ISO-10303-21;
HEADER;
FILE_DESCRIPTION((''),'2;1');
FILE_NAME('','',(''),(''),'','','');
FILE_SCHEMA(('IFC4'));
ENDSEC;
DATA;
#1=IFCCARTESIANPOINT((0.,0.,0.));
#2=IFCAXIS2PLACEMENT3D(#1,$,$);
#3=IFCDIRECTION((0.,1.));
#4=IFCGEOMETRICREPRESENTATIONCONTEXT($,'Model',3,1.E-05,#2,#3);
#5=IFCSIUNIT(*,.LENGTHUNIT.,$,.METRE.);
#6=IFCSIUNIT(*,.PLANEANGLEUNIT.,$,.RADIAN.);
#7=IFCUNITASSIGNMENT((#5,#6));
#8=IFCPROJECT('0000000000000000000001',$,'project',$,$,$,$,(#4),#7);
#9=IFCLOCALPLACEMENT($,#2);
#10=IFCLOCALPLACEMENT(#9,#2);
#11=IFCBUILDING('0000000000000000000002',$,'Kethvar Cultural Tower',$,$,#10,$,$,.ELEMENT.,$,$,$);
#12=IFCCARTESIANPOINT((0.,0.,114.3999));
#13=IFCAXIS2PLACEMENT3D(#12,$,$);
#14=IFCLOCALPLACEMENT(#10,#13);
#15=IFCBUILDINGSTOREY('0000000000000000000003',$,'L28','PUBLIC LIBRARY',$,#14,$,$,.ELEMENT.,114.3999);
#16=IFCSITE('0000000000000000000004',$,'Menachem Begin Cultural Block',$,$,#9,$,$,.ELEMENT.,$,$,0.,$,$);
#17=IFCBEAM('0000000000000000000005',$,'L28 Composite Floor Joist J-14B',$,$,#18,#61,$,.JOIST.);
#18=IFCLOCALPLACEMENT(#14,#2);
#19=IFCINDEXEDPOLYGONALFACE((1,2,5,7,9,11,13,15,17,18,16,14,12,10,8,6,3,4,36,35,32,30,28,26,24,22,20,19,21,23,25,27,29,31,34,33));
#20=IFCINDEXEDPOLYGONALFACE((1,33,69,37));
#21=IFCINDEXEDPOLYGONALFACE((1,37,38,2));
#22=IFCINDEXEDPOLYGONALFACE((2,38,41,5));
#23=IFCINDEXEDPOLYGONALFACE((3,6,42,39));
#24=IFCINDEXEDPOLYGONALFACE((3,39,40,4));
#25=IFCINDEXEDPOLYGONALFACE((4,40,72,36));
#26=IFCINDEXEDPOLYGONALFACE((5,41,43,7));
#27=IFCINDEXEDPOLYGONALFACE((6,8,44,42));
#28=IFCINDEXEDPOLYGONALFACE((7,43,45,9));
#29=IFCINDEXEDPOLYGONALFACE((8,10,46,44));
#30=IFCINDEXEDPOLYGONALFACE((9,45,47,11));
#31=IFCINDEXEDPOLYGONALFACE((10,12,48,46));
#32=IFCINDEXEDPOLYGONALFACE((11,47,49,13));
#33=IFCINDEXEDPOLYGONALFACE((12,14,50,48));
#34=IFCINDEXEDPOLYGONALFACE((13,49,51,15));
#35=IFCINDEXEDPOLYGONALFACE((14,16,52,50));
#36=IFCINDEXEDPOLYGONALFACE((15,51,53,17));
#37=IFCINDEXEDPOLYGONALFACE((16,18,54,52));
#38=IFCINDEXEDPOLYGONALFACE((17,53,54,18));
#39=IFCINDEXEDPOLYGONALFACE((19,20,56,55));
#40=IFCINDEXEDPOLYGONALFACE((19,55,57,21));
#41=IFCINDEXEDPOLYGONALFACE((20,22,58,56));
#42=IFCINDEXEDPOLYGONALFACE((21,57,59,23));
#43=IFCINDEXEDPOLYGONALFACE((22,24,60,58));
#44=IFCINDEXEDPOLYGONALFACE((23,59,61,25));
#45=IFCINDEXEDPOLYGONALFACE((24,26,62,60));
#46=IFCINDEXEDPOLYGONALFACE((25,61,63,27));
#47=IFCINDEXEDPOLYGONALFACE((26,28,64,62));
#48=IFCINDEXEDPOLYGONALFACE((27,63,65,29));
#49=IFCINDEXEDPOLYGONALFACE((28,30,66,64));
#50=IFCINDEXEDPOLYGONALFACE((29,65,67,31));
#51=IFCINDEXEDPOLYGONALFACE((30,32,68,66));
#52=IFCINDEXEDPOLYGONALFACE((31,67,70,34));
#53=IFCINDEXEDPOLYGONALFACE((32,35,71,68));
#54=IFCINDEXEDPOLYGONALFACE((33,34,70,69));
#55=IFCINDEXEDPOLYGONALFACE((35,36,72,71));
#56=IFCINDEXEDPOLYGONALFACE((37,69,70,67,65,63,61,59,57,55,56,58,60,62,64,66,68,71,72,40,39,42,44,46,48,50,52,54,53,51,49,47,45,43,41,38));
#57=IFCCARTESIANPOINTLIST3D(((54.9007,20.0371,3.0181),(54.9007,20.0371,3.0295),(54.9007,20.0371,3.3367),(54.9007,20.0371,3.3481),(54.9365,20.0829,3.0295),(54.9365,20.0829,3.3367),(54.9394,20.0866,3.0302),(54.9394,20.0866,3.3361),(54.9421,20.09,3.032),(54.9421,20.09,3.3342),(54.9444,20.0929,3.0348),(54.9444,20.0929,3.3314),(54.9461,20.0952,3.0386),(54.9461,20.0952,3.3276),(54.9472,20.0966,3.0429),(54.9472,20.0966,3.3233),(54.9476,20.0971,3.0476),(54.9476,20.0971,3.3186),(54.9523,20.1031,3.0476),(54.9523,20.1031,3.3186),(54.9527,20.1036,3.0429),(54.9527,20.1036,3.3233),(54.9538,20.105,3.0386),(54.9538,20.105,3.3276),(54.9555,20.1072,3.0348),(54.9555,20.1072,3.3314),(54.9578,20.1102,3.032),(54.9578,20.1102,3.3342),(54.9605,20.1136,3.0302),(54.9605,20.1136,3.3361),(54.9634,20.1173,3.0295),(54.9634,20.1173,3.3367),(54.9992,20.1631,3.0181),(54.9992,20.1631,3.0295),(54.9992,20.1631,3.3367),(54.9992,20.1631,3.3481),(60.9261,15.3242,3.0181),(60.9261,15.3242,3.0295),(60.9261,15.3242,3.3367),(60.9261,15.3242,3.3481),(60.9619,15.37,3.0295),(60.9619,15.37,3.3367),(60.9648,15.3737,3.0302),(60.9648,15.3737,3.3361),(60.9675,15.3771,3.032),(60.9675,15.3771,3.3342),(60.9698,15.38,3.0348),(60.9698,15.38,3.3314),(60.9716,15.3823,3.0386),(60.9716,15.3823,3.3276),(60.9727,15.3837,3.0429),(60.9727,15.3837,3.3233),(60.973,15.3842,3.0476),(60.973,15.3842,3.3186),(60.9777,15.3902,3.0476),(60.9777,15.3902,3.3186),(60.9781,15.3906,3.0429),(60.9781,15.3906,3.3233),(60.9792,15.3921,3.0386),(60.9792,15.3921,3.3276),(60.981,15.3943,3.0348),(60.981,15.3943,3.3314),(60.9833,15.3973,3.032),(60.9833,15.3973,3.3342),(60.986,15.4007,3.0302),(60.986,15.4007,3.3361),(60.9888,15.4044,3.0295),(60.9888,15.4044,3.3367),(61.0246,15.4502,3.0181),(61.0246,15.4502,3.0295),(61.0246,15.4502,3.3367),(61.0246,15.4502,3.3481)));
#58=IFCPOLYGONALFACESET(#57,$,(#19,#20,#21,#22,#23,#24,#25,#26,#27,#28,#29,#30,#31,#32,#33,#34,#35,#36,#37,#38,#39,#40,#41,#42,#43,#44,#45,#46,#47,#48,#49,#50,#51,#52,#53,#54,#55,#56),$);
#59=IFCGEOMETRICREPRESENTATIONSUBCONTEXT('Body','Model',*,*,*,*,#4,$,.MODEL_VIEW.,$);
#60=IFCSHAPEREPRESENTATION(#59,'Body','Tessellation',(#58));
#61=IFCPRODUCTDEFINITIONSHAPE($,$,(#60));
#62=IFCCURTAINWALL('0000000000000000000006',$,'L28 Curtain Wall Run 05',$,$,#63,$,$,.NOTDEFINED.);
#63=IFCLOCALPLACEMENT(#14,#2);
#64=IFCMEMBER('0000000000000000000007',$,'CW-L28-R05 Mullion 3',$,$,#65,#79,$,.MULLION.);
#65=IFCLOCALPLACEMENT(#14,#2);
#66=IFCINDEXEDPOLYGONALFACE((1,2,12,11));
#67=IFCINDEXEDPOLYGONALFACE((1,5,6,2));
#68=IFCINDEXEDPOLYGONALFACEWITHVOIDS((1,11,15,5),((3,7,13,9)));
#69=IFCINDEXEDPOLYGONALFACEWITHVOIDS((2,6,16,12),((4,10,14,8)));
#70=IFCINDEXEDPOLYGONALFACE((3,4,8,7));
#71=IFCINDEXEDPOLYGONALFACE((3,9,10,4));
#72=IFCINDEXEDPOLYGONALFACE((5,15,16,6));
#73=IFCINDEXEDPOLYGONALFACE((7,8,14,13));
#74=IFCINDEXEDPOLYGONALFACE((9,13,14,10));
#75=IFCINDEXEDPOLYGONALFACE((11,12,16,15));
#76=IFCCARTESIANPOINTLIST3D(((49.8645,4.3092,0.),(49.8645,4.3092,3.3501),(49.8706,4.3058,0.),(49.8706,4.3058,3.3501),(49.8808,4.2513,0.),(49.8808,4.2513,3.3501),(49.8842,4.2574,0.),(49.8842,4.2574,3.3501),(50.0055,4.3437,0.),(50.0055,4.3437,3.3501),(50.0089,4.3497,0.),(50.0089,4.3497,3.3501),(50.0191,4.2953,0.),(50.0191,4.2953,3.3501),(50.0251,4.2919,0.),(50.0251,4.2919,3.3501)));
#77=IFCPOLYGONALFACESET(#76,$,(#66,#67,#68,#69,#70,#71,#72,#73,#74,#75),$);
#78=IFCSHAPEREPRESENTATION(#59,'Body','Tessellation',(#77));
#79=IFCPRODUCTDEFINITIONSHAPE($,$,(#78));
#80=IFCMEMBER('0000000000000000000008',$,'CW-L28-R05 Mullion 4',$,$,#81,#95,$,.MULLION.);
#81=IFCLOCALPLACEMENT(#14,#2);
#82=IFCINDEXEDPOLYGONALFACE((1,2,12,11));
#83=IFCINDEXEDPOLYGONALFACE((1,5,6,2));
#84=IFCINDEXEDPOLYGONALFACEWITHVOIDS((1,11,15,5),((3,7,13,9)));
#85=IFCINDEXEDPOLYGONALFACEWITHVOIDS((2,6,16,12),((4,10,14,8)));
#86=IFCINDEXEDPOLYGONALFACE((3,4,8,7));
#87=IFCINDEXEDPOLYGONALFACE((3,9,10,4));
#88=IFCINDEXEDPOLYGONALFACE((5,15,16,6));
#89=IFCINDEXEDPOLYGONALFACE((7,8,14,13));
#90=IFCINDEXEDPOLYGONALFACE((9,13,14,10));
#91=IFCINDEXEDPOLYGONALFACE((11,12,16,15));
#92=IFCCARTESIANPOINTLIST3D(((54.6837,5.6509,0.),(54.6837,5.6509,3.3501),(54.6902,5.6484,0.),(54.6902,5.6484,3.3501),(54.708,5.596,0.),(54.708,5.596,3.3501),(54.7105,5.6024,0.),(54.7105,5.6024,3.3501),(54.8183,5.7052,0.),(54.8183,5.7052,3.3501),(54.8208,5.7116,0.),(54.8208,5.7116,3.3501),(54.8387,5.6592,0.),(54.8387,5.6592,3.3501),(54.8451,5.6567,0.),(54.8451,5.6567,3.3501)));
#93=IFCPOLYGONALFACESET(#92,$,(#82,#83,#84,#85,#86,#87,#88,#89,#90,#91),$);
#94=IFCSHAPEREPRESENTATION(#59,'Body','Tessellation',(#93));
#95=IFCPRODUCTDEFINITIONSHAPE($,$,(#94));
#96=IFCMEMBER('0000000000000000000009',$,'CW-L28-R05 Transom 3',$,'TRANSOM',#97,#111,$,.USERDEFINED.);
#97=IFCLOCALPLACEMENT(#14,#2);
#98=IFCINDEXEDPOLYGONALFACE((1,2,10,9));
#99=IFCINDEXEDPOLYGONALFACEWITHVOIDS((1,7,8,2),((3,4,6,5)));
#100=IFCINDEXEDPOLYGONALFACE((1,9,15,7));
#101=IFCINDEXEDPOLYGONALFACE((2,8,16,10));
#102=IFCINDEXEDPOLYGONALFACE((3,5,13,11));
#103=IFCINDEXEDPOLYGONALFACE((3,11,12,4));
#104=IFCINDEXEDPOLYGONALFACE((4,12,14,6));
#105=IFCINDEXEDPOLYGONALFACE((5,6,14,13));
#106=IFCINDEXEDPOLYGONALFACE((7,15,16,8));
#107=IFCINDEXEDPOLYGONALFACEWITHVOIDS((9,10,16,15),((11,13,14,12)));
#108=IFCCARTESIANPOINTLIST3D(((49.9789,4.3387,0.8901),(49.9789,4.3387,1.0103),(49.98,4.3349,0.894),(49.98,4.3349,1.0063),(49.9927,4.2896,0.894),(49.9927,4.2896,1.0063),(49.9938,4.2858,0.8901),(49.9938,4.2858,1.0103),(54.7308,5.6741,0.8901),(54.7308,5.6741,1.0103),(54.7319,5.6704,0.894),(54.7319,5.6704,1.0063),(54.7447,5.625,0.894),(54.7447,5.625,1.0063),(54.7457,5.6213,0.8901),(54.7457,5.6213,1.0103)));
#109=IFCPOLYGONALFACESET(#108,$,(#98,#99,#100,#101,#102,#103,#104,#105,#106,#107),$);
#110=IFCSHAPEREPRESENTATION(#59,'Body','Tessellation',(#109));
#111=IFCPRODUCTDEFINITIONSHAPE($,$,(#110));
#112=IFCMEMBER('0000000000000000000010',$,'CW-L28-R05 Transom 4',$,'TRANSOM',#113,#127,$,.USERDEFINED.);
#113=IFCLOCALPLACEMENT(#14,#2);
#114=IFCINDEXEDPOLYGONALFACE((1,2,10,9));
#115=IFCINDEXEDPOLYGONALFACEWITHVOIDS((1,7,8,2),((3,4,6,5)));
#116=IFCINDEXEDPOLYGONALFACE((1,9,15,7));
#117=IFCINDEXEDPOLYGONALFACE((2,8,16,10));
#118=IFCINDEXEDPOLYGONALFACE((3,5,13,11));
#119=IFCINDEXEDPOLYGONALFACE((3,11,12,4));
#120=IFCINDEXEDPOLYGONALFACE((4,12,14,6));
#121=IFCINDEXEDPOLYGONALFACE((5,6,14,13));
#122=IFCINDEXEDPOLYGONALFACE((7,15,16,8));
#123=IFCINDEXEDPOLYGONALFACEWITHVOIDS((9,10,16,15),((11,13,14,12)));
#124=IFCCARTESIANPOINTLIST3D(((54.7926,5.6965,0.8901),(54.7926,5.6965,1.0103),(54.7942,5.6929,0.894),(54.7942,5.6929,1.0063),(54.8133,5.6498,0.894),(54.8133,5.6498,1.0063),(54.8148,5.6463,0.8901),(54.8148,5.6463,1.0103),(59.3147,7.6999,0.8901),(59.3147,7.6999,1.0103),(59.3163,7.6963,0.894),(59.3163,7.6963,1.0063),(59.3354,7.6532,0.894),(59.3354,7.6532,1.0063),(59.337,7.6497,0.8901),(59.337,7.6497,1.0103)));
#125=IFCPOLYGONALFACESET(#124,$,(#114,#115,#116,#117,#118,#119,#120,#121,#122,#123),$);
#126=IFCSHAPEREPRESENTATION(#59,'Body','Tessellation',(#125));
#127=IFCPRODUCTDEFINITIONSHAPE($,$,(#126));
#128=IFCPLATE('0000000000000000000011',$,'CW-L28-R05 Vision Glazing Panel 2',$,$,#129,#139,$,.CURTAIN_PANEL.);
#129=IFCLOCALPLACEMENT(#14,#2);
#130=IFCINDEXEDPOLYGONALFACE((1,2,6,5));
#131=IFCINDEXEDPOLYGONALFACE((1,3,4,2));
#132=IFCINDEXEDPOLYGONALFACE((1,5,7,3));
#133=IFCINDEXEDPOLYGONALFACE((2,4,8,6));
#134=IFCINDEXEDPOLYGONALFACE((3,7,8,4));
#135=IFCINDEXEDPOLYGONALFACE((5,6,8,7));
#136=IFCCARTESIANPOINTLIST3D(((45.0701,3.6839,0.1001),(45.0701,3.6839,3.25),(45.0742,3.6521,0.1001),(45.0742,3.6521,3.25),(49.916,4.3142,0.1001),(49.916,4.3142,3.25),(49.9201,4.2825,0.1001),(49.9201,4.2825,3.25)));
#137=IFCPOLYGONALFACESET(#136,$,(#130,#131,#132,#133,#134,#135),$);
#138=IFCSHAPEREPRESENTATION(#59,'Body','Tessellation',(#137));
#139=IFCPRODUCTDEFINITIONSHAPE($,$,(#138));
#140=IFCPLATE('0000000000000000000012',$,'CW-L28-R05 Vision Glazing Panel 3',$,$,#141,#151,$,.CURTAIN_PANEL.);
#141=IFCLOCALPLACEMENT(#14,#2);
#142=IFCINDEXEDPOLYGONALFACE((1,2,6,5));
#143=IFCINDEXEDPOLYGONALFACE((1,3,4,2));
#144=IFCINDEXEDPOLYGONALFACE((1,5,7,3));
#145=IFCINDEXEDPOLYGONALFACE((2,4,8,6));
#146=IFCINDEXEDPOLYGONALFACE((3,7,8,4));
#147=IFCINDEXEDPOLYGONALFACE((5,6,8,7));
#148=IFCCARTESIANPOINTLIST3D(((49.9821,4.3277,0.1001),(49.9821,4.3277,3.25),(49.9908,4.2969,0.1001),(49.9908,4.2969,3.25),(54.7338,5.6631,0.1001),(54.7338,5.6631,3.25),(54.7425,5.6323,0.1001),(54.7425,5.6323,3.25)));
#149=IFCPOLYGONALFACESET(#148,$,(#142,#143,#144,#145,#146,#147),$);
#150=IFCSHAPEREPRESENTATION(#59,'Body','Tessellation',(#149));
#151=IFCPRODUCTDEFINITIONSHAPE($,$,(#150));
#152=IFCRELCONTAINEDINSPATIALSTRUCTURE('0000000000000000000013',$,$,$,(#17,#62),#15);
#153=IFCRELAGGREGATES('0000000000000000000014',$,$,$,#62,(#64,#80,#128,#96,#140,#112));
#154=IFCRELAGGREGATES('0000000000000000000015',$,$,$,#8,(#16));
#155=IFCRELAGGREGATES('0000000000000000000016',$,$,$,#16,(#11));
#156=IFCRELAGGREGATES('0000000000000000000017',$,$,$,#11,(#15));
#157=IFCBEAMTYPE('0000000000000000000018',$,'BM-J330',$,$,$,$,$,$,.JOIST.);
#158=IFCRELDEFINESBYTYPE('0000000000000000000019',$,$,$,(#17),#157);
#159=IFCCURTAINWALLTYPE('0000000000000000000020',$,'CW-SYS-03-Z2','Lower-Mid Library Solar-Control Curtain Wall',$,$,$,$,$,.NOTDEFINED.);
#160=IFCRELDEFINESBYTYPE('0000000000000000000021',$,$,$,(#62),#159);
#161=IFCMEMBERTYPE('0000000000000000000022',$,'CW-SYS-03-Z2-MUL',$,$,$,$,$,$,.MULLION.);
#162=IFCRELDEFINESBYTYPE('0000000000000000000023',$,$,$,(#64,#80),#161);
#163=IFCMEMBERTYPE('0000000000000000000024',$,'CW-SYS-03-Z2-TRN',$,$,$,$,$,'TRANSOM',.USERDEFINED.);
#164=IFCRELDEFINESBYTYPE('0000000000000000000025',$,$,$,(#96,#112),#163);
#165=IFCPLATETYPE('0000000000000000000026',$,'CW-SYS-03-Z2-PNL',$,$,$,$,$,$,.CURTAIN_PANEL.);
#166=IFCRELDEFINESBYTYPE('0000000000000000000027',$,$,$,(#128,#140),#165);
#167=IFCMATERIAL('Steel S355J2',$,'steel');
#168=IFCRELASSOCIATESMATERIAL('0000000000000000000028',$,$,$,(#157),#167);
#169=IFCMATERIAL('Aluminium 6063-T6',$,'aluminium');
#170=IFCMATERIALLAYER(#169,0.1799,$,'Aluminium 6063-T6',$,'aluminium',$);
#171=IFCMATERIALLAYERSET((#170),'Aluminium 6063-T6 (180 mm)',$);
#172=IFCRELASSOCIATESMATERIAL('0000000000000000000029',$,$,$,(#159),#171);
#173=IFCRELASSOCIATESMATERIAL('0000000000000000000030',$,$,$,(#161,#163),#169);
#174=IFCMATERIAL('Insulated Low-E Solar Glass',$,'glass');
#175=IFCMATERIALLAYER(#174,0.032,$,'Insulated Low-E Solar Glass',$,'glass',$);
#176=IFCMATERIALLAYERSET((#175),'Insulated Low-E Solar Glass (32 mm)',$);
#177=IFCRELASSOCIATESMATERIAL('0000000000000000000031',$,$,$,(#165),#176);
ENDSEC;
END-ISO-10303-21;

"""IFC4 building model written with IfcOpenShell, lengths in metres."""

from ifc_helpers import new_model, si_unit, direction, frame, origin, origin_2d, place, context, subcontext, project, spatial, rectangle, hollow_rectangle, i_section, extrude, source, transform, mapped, material, layer, layer_set, material_profile, profile_set, type_object, element, aggregate, save


model = new_model("IFC4")

# Units and contexts
model_context = context("Model", 3, precision=1e-05, world=origin(), true_north=direction((0.0, 1.0)))
body_context = subcontext(model_context, "Body", "Model", "MODEL_VIEW")
ifc_project = project(units=[si_unit("LENGTHUNIT", "METRE"), si_unit("PLANEANGLEUNIT", "RADIAN")], contexts=[model_context])

# Site, building, storey
site_placement = place(None, origin())
site = spatial("IfcSite", under=ifc_project, at=site_placement, Name="Menachem Begin Cultural Block", CompositionType="ELEMENT", RefElevation=0.0)
building_placement = place(site_placement, origin())
building = spatial("IfcBuilding", under=site, at=building_placement, Name="Kethvar Cultural Tower", CompositionType="ELEMENT")
storey_placement = place(building_placement, frame((0.0, 0.0, 114.3999)))
storey = spatial("IfcBuildingStorey", under=building, at=storey_placement, Name="L28", Description="PUBLIC LIBRARY", CompositionType="ELEMENT", Elevation=114.3999)

# Beam
ifc_material_1 = material(Name="Steel S355J2", Category="steel")
ifc_material_profile_1 = material_profile(ifc_material_1, i_section(OverallWidth=0.1599, OverallDepth=0.3301, WebThickness=0.0076, FlangeThickness=0.0115, FilletRadius=0.0181, at=origin_2d()), Name="Steel S355J2 — IPE330")
ifc_profile_set_1 = profile_set([ifc_material_profile_1], Name="Steel S355J2 — IPE330")
beam_type_1 = type_object("IfcBeamType", Name="BM-J330", PredefinedType="JOIST", material=ifc_profile_set_1)
shared_shape_1 = source(origin(), body_context, "Body", "SweptSolid", [
    extrude(i_section(OverallWidth=0.1599, OverallDepth=0.3301, WebThickness=0.0076, FlangeThickness=0.0115, FilletRadius=0.0181, at=origin_2d()), origin(), (0.0, 0.0, 1.0), 7.6497),
])
beam_1_placement = place(storey_placement, frame((54.95, 20.1001, 3.1831), z_axis=(0.787672, -0.616095, 0.0), x_axis=(0.616095, 0.787672, 0.0)))
element("IfcBeam", 1, at=beam_1_placement, inside=storey, type_object=beam_type_1, Name="L28 Composite Floor Joist J-14B", PredefinedType="JOIST", context=body_context, shape_type="MappedRepresentation", body=[
    mapped(shared_shape_1, transform((0.0, 0.0, 0.0), scale=1.0)),
])

# Curtain wall, members, plates
ifc_material_2 = material(Name="Aluminium 6063-T6", Category="aluminium")
ifc_layer_1 = layer(ifc_material_2, 0.1799, Name="Aluminium 6063-T6", Category="aluminium")
ifc_layer_set_1 = layer_set([ifc_layer_1], Name="Aluminium 6063-T6 (180 mm)")
curtain_wall_type = type_object("IfcCurtainWallType", Name="CW-SYS-03-Z2", Description="Lower-Mid Library Solar-Control Curtain Wall", PredefinedType="NOTDEFINED", material=ifc_layer_set_1)
curtain_wall_placement = place(storey_placement, origin())
curtain_wall = element("IfcCurtainWall", 2, at=curtain_wall_placement, inside=storey, type_object=curtain_wall_type, Name="L28 Curtain Wall Run 05", PredefinedType="NOTDEFINED")
ifc_material_profile_2 = material_profile(ifc_material_2, hollow_rectangle(XDim=0.0601, YDim=0.1499, WallThickness=0.0049, at=origin_2d()), Name="Aluminium 6063-T6 — RHS150x60x5")
ifc_profile_set_2 = profile_set([ifc_material_profile_2], Name="Aluminium 6063-T6 — RHS150x60x5")
member_type_1 = type_object("IfcMemberType", Name="CW-SYS-03-Z2-MUL", PredefinedType="MULLION", material=ifc_profile_set_2)
shared_shape_2 = source(origin(), body_context, "Body", "SweptSolid", [
    extrude(hollow_rectangle(XDim=0.0601, YDim=0.1499, WallThickness=0.0049, at=origin_2d()), origin(), (0.0, 0.0, 1.0), 3.3501),
])
member_1_placement = place(storey_placement, frame((49.9448, 4.3005, 0.0), z_axis=(0.0, 0.0, 1.0), x_axis=(-0.27055, 0.962706, 0.0)))
member_1 = element("IfcMember", 3, at=member_1_placement, type_object=member_type_1, Name="CW-L28-R05 Mullion 3", PredefinedType="MULLION", context=body_context, shape_type="MappedRepresentation", body=[
    mapped(shared_shape_2, transform((0.0, 0.0, 0.0), scale=1.0)),
])
member_2_placement = place(storey_placement, frame((54.7644, 5.6538, 0.0), z_axis=(0.0, 0.0, 1.0), x_axis=(-0.405046, 0.914296, 0.0)))
member_2 = element("IfcMember", 4, at=member_2_placement, type_object=member_type_1, Name="CW-L28-R05 Mullion 4", PredefinedType="MULLION", context=body_context, shape_type="MappedRepresentation", body=[
    mapped(shared_shape_2, transform((0.0, 0.0, 0.0), scale=1.0)),
])
ifc_material_profile_3 = material_profile(ifc_material_2, hollow_rectangle(XDim=0.0549, YDim=0.1201, WallThickness=0.0039, at=origin_2d()), Name="Aluminium 6063-T6 — RHS120x55x4")
ifc_profile_set_3 = profile_set([ifc_material_profile_3], Name="Aluminium 6063-T6 — RHS120x55x4")
member_type_2 = type_object("IfcMemberType", Name="CW-SYS-03-Z2-TRN", ElementType="TRANSOM", PredefinedType="USERDEFINED", material=ifc_profile_set_3)
shared_shape_3 = source(origin(), body_context, "Body", "SweptSolid", [
    extrude(hollow_rectangle(XDim=0.0549, YDim=0.1201, WallThickness=0.0039, at=origin_2d()), origin(), (0.0, 0.0, 1.0), 4.936),
])
member_3_placement = place(storey_placement, frame((49.9863, 4.3123, 0.9502), z_axis=(0.962706, 0.270551, 0.0), x_axis=(-0.270551, 0.962706, 0.0)))
member_3 = element("IfcMember", 5, at=member_3_placement, type_object=member_type_2, Name="CW-L28-R05 Transom 3", ObjectType="TRANSOM", PredefinedType="USERDEFINED", context=body_context, shape_type="MappedRepresentation", body=[
    mapped(shared_shape_3, transform((0.0, 0.0, 0.0), scale=1.0)),
])
shared_shape_4 = source(origin(), body_context, "Body", "SweptSolid", [
    extrude(hollow_rectangle(XDim=0.0549, YDim=0.1201, WallThickness=0.0039, at=origin_2d()), origin(), (0.0, 0.0, 1.0), 4.946),
])
member_4_placement = place(storey_placement, frame((54.8037, 5.6714, 0.9502), z_axis=(0.914295, 0.405048, 0.0), x_axis=(-0.405048, 0.914295, 0.0)))
member_4 = element("IfcMember", 6, at=member_4_placement, type_object=member_type_2, Name="CW-L28-R05 Transom 4", ObjectType="TRANSOM", PredefinedType="USERDEFINED", context=body_context, shape_type="MappedRepresentation", body=[
    mapped(shared_shape_4, transform((0.0, 0.0, 0.0), scale=1.0)),
])
ifc_material_3 = material(Name="Insulated Low-E Solar Glass", Category="glass")
ifc_layer_2 = layer(ifc_material_3, 0.032, Name="Insulated Low-E Solar Glass", Category="glass")
ifc_layer_set_2 = layer_set([ifc_layer_2], Name="Insulated Low-E Solar Glass (32 mm)")
plate_type = type_object("IfcPlateType", Name="CW-SYS-03-Z2-PNL", PredefinedType="CURTAIN_PANEL", material=ifc_layer_set_2)
shared_shape_5 = source(origin(), body_context, "Body", "SweptSolid", [
    extrude(rectangle(XDim=4.8867, YDim=0.032, at=origin_2d()), origin(), (0.0, 0.0, 1.0), 3.1499),
])
plate_1_placement = place(storey_placement, frame((47.4951, 3.9832, 0.1001), z_axis=(0.0, 0.0, 1.0), x_axis=(0.991646, 0.128986, 0.0)))
plate_1 = element("IfcPlate", 7, at=plate_1_placement, type_object=plate_type, Name="CW-L28-R05 Vision Glazing Panel 2", PredefinedType="CURTAIN_PANEL", context=body_context, shape_type="MappedRepresentation", body=[
    mapped(shared_shape_5, transform((0.0, 0.0, 0.0), scale=1.0)),
])
shared_shape_6 = source(origin(), body_context, "Body", "SweptSolid", [
    extrude(rectangle(XDim=4.9358, YDim=0.032, at=origin_2d()), origin(), (0.0, 0.0, 1.0), 3.1499),
])
plate_2_placement = place(storey_placement, frame((52.3623, 4.98, 0.1001), z_axis=(0.0, 0.0, 1.0), x_axis=(0.962706, 0.27055, 0.0)))
plate_2 = element("IfcPlate", 8, at=plate_2_placement, type_object=plate_type, Name="CW-L28-R05 Vision Glazing Panel 3", PredefinedType="CURTAIN_PANEL", context=body_context, shape_type="MappedRepresentation", body=[
    mapped(shared_shape_6, transform((0.0, 0.0, 0.0), scale=1.0)),
])
aggregate(curtain_wall, [member_1, member_2, plate_1, member_3, plate_2, member_4])

save(model, "model.ifc")
